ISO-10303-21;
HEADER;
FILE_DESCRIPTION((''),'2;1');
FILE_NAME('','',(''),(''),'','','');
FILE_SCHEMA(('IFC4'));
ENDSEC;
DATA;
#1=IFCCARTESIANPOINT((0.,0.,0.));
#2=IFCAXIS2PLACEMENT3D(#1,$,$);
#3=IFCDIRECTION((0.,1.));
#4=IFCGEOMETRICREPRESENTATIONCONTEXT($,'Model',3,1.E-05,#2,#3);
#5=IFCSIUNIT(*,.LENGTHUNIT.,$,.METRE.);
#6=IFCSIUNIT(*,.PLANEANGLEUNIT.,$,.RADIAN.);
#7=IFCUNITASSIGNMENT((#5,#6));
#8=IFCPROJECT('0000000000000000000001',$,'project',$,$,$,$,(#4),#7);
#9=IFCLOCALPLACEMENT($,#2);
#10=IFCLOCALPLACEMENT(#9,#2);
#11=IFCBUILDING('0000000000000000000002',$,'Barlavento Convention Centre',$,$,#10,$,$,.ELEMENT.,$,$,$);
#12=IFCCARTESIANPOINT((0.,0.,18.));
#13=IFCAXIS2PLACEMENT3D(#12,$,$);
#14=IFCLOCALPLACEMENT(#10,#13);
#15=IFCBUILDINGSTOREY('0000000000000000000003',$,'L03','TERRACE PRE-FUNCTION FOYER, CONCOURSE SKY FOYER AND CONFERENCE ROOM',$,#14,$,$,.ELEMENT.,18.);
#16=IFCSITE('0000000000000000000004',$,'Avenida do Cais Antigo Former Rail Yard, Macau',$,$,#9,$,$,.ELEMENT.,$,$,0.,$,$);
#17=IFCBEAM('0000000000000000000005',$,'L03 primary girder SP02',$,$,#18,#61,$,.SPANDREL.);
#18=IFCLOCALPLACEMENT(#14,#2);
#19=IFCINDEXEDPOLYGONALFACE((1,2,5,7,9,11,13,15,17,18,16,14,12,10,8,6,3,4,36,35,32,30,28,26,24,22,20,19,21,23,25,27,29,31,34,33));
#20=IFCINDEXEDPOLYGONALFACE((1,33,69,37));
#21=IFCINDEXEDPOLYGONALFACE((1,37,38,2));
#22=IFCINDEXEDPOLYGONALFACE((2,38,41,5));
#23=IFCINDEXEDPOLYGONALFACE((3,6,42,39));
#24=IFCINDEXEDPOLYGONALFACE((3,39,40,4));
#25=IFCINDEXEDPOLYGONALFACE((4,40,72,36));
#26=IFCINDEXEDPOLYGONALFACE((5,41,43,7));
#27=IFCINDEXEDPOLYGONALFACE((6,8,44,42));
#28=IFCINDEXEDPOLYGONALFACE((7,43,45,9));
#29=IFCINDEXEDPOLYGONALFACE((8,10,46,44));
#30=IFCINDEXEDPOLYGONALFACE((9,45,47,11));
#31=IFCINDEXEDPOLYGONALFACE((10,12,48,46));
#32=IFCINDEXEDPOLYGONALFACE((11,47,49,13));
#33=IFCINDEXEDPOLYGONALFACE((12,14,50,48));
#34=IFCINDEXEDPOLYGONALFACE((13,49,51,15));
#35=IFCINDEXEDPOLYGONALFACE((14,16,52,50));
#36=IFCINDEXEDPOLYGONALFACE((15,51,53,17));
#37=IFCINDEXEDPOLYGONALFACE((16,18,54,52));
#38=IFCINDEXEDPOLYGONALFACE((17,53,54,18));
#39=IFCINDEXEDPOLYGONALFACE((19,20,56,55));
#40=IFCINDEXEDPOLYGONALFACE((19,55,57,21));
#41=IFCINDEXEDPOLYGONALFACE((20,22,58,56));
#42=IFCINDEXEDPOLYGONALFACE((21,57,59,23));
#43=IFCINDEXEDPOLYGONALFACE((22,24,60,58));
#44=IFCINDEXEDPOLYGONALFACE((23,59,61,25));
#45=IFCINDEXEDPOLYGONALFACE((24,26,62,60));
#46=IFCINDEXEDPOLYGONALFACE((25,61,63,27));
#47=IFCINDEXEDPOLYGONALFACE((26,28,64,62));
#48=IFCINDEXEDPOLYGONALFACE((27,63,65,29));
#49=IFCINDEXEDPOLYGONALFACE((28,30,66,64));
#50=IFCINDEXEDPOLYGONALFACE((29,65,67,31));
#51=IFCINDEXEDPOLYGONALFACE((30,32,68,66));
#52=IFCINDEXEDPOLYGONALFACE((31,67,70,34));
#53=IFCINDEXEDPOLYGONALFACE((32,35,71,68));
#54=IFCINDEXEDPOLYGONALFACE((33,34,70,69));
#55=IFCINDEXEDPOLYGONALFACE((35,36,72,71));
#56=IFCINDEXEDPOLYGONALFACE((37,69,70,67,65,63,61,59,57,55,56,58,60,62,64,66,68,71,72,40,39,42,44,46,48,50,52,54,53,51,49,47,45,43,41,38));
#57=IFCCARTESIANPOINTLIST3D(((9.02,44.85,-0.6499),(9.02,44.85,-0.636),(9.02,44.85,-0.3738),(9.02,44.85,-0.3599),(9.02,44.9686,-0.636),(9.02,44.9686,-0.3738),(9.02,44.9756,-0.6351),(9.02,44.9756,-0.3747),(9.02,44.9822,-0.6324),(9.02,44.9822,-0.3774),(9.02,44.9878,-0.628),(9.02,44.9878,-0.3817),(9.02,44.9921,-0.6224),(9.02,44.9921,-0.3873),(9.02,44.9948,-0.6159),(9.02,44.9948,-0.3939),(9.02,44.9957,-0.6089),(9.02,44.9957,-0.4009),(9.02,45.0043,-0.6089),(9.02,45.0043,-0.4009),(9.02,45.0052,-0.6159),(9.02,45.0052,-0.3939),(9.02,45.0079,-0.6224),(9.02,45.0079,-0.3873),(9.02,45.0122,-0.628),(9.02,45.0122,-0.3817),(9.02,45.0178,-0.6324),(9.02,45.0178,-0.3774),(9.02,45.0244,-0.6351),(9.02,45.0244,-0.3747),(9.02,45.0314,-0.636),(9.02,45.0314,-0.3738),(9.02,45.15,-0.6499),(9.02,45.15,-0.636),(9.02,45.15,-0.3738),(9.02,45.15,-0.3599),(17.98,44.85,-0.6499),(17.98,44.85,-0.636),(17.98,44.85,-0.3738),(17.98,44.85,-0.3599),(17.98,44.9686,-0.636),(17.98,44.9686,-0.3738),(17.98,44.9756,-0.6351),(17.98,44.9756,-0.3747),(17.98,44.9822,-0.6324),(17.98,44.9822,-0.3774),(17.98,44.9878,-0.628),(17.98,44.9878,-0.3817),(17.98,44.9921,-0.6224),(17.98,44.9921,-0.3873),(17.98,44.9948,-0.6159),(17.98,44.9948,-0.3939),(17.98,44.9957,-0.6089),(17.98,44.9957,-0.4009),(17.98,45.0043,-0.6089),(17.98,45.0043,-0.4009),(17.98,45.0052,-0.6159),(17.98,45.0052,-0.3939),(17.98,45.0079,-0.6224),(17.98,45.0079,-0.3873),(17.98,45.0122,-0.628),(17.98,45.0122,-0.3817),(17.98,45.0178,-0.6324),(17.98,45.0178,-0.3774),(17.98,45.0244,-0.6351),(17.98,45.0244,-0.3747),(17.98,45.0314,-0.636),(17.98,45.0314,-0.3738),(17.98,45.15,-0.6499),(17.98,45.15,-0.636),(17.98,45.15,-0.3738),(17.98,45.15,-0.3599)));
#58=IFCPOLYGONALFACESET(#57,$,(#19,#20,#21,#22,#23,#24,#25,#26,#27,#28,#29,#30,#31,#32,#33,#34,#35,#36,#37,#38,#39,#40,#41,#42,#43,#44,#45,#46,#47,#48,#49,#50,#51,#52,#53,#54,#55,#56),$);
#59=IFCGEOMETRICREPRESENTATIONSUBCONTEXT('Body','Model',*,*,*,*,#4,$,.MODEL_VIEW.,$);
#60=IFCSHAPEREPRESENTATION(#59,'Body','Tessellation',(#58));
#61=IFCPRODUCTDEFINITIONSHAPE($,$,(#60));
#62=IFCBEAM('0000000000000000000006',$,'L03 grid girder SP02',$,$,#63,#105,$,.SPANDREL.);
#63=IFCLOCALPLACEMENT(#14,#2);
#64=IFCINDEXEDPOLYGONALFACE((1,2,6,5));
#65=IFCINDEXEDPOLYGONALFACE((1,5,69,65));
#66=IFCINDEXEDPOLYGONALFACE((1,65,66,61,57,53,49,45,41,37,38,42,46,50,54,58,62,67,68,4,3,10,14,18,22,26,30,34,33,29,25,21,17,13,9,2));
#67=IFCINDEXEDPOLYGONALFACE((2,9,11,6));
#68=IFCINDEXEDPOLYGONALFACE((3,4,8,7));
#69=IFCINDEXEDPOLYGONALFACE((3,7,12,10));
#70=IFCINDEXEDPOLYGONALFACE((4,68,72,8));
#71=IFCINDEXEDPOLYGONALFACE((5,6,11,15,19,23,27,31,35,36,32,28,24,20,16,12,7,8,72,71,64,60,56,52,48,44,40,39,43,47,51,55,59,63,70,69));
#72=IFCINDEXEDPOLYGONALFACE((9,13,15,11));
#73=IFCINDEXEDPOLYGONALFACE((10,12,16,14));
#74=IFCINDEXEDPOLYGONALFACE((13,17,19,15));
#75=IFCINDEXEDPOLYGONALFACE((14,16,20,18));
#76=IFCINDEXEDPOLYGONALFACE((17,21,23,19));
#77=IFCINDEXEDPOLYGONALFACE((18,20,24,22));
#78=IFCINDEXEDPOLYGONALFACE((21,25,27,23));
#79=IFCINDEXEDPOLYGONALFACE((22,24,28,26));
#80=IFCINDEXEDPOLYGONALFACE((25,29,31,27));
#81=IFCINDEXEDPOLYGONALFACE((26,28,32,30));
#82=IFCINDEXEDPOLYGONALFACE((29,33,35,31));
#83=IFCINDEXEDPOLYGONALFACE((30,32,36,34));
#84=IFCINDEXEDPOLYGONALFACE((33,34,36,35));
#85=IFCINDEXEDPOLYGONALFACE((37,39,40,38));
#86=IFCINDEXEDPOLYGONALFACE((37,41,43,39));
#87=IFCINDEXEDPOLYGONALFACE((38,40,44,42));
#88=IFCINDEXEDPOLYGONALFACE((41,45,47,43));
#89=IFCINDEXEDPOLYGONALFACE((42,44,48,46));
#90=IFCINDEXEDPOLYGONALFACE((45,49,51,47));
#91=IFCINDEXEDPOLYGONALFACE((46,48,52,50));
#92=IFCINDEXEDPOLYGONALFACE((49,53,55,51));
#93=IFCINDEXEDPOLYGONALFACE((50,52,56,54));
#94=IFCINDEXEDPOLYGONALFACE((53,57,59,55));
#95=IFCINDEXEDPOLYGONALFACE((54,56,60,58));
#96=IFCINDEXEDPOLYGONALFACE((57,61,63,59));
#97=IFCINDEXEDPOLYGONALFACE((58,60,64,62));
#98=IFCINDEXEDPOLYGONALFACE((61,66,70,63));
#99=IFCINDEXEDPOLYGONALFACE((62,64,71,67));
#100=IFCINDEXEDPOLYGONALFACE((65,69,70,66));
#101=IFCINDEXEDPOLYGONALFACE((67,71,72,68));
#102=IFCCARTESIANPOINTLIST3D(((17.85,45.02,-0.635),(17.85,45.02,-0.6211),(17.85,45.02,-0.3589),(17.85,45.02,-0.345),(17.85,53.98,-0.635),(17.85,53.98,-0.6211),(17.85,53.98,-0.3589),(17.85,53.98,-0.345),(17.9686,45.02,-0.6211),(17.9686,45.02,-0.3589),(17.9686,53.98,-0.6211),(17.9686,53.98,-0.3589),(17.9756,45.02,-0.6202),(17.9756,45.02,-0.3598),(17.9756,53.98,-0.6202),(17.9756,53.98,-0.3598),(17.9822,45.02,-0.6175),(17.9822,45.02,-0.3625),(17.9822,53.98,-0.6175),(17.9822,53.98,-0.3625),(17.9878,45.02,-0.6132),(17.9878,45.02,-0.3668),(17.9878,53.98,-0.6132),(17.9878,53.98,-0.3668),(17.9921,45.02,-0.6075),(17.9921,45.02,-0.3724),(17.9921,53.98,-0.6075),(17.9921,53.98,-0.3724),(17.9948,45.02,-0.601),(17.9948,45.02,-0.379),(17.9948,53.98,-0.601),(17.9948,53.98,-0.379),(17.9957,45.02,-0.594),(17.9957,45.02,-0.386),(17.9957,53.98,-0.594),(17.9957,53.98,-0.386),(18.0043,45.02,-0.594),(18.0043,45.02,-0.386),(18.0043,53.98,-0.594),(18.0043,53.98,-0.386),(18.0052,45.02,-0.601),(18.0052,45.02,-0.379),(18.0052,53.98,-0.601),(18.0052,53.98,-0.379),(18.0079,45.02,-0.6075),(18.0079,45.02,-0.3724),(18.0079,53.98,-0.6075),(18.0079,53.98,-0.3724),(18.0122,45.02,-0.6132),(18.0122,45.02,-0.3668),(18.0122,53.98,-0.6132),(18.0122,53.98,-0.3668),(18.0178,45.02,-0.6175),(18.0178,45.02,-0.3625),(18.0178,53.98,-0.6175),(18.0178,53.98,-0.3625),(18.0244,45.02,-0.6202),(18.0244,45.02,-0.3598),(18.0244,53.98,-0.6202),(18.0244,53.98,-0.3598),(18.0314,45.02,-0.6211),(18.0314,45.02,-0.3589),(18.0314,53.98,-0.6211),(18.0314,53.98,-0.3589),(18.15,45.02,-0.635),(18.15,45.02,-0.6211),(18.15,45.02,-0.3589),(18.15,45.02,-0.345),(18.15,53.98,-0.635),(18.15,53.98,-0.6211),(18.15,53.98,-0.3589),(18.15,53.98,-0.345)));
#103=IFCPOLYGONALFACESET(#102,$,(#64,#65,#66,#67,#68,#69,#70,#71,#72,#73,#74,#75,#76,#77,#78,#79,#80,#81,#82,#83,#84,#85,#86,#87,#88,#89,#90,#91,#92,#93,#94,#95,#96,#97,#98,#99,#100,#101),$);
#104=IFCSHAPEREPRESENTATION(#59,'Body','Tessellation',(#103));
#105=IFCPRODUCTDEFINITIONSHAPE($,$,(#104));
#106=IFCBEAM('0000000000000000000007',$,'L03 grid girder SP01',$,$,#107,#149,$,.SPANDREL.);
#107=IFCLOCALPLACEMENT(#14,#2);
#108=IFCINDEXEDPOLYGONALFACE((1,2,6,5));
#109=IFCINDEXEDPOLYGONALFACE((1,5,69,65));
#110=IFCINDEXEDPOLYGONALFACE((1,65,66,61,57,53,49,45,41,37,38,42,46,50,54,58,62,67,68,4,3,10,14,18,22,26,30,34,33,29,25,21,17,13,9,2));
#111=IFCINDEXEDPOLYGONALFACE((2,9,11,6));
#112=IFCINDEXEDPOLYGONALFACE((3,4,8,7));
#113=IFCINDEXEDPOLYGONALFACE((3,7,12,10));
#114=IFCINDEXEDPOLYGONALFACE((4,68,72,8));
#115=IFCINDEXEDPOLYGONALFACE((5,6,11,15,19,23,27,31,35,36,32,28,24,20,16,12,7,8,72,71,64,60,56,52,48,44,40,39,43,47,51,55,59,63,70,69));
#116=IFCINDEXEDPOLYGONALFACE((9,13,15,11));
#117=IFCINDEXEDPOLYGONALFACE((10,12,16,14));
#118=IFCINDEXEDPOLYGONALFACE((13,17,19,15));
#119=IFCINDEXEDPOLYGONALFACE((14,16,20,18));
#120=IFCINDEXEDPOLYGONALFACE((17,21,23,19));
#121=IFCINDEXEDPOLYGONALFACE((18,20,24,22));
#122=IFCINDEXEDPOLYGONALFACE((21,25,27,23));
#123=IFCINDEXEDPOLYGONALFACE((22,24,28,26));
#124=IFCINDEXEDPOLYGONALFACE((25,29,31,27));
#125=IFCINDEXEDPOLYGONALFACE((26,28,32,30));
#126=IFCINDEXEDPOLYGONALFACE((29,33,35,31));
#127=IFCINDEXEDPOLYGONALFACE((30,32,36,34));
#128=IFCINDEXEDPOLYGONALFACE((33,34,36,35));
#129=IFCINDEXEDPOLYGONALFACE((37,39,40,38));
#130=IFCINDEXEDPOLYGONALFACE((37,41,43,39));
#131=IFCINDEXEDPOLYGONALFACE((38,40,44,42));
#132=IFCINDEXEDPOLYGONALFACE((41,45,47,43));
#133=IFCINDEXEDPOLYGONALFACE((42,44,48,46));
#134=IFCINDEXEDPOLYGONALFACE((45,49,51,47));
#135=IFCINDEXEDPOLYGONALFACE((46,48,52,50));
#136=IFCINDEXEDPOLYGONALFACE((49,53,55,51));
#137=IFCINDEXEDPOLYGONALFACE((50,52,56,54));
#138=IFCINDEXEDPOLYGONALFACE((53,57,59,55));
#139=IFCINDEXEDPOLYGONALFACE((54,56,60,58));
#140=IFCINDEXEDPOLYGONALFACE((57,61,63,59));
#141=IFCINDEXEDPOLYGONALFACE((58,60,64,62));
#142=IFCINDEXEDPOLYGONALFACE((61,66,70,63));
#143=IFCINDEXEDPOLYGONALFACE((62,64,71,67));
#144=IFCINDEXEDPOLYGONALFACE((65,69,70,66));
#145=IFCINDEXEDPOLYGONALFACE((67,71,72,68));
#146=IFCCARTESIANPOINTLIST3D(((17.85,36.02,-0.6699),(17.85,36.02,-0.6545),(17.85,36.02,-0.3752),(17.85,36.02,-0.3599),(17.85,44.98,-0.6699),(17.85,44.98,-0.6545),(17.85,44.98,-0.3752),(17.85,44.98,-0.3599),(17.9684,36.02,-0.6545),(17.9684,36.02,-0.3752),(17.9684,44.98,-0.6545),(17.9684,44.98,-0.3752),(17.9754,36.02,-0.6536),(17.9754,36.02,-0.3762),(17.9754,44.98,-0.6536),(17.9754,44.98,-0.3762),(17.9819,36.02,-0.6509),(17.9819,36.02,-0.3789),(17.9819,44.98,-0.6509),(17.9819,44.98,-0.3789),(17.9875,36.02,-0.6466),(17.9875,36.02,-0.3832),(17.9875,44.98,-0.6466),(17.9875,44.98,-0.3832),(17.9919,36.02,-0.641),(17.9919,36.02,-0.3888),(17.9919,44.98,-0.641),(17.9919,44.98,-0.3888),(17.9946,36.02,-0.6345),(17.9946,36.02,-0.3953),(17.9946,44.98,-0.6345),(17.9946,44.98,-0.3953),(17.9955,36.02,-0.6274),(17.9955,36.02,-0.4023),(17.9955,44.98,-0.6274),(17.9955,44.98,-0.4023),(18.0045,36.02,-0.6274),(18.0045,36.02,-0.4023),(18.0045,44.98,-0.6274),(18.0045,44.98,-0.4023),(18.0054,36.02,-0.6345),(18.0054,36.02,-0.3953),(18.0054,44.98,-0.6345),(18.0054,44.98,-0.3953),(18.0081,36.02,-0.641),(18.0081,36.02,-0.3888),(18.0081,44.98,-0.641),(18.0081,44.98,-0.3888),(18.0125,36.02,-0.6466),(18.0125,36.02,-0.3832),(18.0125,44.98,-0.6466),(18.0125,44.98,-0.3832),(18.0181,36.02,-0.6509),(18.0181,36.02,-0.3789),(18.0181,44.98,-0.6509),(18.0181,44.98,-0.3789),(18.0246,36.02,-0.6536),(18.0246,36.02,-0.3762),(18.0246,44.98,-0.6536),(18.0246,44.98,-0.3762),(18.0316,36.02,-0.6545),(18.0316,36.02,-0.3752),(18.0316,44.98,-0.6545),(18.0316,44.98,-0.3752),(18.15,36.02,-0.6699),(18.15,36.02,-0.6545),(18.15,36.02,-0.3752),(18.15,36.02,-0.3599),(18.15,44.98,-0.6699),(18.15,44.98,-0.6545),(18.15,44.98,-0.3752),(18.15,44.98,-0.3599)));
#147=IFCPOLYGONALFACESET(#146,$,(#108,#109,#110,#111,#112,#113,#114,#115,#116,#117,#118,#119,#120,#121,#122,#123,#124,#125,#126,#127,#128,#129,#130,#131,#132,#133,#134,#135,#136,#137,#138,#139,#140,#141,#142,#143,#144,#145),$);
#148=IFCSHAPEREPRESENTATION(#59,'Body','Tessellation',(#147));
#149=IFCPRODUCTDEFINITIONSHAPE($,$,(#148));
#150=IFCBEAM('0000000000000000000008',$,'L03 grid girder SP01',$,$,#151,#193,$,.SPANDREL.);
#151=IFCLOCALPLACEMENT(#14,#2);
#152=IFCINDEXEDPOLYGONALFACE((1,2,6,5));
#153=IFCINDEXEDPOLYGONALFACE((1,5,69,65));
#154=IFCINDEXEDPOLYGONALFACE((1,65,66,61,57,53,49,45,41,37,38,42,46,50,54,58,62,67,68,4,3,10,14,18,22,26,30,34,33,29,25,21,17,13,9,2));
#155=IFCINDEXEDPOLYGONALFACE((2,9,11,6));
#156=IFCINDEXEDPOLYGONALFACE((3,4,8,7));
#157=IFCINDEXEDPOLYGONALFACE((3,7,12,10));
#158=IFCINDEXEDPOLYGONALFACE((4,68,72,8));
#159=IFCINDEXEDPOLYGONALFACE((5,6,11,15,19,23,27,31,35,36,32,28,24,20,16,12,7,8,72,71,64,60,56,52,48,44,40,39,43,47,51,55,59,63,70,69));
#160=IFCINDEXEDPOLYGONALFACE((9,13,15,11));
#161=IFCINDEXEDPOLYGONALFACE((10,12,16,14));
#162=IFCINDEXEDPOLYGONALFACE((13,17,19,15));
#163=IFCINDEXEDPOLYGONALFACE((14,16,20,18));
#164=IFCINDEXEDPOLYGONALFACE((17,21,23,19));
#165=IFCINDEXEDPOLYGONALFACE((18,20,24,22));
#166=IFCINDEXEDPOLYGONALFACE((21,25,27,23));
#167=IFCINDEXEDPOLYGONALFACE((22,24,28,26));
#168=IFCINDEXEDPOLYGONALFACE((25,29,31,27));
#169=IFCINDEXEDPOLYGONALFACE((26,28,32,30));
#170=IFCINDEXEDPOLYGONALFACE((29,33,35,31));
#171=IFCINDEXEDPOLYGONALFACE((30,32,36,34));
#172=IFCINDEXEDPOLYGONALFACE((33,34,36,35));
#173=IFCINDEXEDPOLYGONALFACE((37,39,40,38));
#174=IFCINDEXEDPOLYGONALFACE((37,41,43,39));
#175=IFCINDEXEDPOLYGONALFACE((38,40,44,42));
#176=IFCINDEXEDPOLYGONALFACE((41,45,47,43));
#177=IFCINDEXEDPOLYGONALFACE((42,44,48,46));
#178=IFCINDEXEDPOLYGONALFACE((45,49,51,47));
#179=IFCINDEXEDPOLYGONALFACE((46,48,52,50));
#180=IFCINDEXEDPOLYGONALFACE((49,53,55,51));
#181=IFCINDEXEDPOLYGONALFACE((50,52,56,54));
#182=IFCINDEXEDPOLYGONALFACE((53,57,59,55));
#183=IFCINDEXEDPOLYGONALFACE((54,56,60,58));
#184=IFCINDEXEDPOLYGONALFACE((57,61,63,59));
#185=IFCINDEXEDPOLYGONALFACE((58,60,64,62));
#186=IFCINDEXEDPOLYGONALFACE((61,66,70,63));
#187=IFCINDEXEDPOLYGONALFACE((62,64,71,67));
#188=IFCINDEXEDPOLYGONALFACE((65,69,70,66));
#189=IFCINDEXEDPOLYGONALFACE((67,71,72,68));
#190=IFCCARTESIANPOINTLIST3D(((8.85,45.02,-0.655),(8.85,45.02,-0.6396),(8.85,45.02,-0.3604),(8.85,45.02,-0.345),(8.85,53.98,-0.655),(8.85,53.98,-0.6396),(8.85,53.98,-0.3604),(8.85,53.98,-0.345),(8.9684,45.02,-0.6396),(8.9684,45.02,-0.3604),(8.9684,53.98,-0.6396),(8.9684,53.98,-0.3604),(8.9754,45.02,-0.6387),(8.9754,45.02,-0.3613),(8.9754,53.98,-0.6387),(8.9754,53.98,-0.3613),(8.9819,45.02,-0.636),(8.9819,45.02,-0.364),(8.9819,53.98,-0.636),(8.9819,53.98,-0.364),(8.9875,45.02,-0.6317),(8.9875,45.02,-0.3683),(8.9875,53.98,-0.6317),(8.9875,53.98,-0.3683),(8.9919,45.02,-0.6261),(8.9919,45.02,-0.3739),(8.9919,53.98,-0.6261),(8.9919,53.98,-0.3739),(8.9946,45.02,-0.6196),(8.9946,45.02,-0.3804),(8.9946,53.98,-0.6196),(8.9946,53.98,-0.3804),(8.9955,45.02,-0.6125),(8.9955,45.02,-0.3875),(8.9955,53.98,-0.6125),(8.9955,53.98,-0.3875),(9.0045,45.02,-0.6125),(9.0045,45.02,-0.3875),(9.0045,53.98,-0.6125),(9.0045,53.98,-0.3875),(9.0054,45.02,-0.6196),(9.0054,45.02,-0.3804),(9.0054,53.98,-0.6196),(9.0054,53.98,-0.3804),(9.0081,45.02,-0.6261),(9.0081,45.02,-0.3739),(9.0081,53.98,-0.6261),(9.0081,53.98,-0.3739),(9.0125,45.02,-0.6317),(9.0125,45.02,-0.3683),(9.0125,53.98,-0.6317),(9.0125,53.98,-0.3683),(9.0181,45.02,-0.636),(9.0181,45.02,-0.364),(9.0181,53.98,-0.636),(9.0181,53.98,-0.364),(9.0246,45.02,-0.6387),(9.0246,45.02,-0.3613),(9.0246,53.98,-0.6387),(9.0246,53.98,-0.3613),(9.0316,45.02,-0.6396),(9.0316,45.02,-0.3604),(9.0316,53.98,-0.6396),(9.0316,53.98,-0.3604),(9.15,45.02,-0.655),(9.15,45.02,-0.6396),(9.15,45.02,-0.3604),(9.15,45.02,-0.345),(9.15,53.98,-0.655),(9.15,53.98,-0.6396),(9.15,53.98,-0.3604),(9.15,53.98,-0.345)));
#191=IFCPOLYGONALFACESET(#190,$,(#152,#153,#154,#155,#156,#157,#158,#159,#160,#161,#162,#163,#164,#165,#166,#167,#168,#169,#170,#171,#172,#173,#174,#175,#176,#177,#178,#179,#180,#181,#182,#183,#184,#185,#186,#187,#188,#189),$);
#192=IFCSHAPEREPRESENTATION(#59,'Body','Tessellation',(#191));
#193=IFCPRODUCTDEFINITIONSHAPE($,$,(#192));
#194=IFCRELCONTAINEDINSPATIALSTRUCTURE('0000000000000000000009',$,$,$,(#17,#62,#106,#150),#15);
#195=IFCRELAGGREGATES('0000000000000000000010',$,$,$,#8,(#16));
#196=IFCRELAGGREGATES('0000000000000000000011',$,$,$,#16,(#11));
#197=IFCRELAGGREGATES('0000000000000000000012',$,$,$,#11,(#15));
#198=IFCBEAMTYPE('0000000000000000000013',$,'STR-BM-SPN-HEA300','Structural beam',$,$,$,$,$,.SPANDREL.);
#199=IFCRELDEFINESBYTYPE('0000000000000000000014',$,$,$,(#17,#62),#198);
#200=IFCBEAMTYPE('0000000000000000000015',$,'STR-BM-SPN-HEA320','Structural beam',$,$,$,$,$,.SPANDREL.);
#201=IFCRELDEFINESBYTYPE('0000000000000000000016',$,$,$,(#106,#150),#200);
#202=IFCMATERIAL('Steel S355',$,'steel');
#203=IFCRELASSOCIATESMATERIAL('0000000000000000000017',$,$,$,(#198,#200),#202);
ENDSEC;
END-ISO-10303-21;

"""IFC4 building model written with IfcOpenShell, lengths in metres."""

from ifc_helpers import new_model, si_unit, direction, frame, origin, origin_2d, place, context, subcontext, project, spatial, i_section, extrude, material, material_profile, profile_set, type_object, element, save


model = new_model("IFC4")

# Units and contexts
model_context = context("Model", 3, precision=1e-05, world=origin(), true_north=direction((0.0, 1.0)))
body_context = subcontext(model_context, "Body", "Model", "MODEL_VIEW")
ifc_project = project(units=[si_unit("LENGTHUNIT", "METRE"), si_unit("PLANEANGLEUNIT", "RADIAN")], contexts=[model_context])

# Site, building, storey
site_placement = place(None, origin())
site = spatial("IfcSite", under=ifc_project, at=site_placement, Name="Avenida do Cais Antigo Former Rail Yard, Macau", CompositionType="ELEMENT", RefElevation=0.0)
building_placement = place(site_placement, origin())
building = spatial("IfcBuilding", under=site, at=building_placement, Name="Barlavento Convention Centre", CompositionType="ELEMENT")
storey_placement = place(building_placement, frame((0.0, 0.0, 18.0)))
storey = spatial("IfcBuildingStorey", under=building, at=storey_placement, Name="L03", Description="TERRACE PRE-FUNCTION FOYER, CONCOURSE SKY FOYER AND CONFERENCE ROOM", CompositionType="ELEMENT", Elevation=18.0)

# Shared definitions
ifc_material_1 = material(Name="Steel S355", Category="steel")

# Beams
ifc_material_profile_1 = material_profile(ifc_material_1, i_section(OverallWidth=0.3, OverallDepth=0.29, WebThickness=0.0085, FlangeThickness=0.0139, FilletRadius=0.0271, at=origin_2d()), Name="HEA 300")
ifc_profile_set_1 = profile_set([ifc_material_profile_1], Name="Steel S355")
beam_type_1 = type_object("IfcBeamType", Name="STR-BM-SPN-HEA300", Description="Structural beam", PredefinedType="SPANDREL", material=ifc_profile_set_1)
for number, where, z_axis, x_axis, name in (
    (1, (9.02, 45.0, -0.5049), (1.0, 0.0, 0.0), (0.0, 1.0, 0.0), "L03 primary girder SP02"),
    (2, (18.0, 45.02, -0.49), (0.0, 1.0, 0.0), (-1.0, 0.0, 0.0), "L03 grid girder SP02"),
):
    element("IfcBeam", number, at=place(storey_placement, frame(where, z_axis=z_axis, x_axis=x_axis)), inside=storey, type_object=beam_type_1, Name=name, PredefinedType="SPANDREL", context=body_context, shape_type="SweptSolid", body=[
        extrude(i_section(OverallWidth=0.3, OverallDepth=0.29, WebThickness=0.0085, FlangeThickness=0.0139, FilletRadius=0.0271, at=origin_2d()), origin(), (0.0, 0.0, 1.0), 8.96),
    ])
ifc_material_profile_2 = material_profile(ifc_material_1, i_section(OverallWidth=0.3, OverallDepth=0.3101, WebThickness=0.009, FlangeThickness=0.0154, FilletRadius=0.0271, at=origin_2d()), Name="HEA 320")
ifc_profile_set_2 = profile_set([ifc_material_profile_2], Name="Steel S355")
beam_type_2 = type_object("IfcBeamType", Name="STR-BM-SPN-HEA320", Description="Structural beam", PredefinedType="SPANDREL", material=ifc_profile_set_2)
for number, where, z_axis, x_axis, name in (
    (3, (18.0, 36.02, -0.5149), (0.0, 1.0, 0.0), (-1.0, 0.0, 0.0), "L03 grid girder SP01"),
    (4, (9.0, 45.02, -0.5), (0.0, 1.0, 0.0), (-1.0, 0.0, 0.0), "L03 grid girder SP01"),
):
    element("IfcBeam", number, at=place(storey_placement, frame(where, z_axis=z_axis, x_axis=x_axis)), inside=storey, type_object=beam_type_2, Name=name, PredefinedType="SPANDREL", context=body_context, shape_type="SweptSolid", body=[
        extrude(i_section(OverallWidth=0.3, OverallDepth=0.3101, WebThickness=0.009, FlangeThickness=0.0154, FilletRadius=0.0271, at=origin_2d()), origin(), (0.0, 0.0, 1.0), 8.96),
    ])

save(model, "model.ifc")
